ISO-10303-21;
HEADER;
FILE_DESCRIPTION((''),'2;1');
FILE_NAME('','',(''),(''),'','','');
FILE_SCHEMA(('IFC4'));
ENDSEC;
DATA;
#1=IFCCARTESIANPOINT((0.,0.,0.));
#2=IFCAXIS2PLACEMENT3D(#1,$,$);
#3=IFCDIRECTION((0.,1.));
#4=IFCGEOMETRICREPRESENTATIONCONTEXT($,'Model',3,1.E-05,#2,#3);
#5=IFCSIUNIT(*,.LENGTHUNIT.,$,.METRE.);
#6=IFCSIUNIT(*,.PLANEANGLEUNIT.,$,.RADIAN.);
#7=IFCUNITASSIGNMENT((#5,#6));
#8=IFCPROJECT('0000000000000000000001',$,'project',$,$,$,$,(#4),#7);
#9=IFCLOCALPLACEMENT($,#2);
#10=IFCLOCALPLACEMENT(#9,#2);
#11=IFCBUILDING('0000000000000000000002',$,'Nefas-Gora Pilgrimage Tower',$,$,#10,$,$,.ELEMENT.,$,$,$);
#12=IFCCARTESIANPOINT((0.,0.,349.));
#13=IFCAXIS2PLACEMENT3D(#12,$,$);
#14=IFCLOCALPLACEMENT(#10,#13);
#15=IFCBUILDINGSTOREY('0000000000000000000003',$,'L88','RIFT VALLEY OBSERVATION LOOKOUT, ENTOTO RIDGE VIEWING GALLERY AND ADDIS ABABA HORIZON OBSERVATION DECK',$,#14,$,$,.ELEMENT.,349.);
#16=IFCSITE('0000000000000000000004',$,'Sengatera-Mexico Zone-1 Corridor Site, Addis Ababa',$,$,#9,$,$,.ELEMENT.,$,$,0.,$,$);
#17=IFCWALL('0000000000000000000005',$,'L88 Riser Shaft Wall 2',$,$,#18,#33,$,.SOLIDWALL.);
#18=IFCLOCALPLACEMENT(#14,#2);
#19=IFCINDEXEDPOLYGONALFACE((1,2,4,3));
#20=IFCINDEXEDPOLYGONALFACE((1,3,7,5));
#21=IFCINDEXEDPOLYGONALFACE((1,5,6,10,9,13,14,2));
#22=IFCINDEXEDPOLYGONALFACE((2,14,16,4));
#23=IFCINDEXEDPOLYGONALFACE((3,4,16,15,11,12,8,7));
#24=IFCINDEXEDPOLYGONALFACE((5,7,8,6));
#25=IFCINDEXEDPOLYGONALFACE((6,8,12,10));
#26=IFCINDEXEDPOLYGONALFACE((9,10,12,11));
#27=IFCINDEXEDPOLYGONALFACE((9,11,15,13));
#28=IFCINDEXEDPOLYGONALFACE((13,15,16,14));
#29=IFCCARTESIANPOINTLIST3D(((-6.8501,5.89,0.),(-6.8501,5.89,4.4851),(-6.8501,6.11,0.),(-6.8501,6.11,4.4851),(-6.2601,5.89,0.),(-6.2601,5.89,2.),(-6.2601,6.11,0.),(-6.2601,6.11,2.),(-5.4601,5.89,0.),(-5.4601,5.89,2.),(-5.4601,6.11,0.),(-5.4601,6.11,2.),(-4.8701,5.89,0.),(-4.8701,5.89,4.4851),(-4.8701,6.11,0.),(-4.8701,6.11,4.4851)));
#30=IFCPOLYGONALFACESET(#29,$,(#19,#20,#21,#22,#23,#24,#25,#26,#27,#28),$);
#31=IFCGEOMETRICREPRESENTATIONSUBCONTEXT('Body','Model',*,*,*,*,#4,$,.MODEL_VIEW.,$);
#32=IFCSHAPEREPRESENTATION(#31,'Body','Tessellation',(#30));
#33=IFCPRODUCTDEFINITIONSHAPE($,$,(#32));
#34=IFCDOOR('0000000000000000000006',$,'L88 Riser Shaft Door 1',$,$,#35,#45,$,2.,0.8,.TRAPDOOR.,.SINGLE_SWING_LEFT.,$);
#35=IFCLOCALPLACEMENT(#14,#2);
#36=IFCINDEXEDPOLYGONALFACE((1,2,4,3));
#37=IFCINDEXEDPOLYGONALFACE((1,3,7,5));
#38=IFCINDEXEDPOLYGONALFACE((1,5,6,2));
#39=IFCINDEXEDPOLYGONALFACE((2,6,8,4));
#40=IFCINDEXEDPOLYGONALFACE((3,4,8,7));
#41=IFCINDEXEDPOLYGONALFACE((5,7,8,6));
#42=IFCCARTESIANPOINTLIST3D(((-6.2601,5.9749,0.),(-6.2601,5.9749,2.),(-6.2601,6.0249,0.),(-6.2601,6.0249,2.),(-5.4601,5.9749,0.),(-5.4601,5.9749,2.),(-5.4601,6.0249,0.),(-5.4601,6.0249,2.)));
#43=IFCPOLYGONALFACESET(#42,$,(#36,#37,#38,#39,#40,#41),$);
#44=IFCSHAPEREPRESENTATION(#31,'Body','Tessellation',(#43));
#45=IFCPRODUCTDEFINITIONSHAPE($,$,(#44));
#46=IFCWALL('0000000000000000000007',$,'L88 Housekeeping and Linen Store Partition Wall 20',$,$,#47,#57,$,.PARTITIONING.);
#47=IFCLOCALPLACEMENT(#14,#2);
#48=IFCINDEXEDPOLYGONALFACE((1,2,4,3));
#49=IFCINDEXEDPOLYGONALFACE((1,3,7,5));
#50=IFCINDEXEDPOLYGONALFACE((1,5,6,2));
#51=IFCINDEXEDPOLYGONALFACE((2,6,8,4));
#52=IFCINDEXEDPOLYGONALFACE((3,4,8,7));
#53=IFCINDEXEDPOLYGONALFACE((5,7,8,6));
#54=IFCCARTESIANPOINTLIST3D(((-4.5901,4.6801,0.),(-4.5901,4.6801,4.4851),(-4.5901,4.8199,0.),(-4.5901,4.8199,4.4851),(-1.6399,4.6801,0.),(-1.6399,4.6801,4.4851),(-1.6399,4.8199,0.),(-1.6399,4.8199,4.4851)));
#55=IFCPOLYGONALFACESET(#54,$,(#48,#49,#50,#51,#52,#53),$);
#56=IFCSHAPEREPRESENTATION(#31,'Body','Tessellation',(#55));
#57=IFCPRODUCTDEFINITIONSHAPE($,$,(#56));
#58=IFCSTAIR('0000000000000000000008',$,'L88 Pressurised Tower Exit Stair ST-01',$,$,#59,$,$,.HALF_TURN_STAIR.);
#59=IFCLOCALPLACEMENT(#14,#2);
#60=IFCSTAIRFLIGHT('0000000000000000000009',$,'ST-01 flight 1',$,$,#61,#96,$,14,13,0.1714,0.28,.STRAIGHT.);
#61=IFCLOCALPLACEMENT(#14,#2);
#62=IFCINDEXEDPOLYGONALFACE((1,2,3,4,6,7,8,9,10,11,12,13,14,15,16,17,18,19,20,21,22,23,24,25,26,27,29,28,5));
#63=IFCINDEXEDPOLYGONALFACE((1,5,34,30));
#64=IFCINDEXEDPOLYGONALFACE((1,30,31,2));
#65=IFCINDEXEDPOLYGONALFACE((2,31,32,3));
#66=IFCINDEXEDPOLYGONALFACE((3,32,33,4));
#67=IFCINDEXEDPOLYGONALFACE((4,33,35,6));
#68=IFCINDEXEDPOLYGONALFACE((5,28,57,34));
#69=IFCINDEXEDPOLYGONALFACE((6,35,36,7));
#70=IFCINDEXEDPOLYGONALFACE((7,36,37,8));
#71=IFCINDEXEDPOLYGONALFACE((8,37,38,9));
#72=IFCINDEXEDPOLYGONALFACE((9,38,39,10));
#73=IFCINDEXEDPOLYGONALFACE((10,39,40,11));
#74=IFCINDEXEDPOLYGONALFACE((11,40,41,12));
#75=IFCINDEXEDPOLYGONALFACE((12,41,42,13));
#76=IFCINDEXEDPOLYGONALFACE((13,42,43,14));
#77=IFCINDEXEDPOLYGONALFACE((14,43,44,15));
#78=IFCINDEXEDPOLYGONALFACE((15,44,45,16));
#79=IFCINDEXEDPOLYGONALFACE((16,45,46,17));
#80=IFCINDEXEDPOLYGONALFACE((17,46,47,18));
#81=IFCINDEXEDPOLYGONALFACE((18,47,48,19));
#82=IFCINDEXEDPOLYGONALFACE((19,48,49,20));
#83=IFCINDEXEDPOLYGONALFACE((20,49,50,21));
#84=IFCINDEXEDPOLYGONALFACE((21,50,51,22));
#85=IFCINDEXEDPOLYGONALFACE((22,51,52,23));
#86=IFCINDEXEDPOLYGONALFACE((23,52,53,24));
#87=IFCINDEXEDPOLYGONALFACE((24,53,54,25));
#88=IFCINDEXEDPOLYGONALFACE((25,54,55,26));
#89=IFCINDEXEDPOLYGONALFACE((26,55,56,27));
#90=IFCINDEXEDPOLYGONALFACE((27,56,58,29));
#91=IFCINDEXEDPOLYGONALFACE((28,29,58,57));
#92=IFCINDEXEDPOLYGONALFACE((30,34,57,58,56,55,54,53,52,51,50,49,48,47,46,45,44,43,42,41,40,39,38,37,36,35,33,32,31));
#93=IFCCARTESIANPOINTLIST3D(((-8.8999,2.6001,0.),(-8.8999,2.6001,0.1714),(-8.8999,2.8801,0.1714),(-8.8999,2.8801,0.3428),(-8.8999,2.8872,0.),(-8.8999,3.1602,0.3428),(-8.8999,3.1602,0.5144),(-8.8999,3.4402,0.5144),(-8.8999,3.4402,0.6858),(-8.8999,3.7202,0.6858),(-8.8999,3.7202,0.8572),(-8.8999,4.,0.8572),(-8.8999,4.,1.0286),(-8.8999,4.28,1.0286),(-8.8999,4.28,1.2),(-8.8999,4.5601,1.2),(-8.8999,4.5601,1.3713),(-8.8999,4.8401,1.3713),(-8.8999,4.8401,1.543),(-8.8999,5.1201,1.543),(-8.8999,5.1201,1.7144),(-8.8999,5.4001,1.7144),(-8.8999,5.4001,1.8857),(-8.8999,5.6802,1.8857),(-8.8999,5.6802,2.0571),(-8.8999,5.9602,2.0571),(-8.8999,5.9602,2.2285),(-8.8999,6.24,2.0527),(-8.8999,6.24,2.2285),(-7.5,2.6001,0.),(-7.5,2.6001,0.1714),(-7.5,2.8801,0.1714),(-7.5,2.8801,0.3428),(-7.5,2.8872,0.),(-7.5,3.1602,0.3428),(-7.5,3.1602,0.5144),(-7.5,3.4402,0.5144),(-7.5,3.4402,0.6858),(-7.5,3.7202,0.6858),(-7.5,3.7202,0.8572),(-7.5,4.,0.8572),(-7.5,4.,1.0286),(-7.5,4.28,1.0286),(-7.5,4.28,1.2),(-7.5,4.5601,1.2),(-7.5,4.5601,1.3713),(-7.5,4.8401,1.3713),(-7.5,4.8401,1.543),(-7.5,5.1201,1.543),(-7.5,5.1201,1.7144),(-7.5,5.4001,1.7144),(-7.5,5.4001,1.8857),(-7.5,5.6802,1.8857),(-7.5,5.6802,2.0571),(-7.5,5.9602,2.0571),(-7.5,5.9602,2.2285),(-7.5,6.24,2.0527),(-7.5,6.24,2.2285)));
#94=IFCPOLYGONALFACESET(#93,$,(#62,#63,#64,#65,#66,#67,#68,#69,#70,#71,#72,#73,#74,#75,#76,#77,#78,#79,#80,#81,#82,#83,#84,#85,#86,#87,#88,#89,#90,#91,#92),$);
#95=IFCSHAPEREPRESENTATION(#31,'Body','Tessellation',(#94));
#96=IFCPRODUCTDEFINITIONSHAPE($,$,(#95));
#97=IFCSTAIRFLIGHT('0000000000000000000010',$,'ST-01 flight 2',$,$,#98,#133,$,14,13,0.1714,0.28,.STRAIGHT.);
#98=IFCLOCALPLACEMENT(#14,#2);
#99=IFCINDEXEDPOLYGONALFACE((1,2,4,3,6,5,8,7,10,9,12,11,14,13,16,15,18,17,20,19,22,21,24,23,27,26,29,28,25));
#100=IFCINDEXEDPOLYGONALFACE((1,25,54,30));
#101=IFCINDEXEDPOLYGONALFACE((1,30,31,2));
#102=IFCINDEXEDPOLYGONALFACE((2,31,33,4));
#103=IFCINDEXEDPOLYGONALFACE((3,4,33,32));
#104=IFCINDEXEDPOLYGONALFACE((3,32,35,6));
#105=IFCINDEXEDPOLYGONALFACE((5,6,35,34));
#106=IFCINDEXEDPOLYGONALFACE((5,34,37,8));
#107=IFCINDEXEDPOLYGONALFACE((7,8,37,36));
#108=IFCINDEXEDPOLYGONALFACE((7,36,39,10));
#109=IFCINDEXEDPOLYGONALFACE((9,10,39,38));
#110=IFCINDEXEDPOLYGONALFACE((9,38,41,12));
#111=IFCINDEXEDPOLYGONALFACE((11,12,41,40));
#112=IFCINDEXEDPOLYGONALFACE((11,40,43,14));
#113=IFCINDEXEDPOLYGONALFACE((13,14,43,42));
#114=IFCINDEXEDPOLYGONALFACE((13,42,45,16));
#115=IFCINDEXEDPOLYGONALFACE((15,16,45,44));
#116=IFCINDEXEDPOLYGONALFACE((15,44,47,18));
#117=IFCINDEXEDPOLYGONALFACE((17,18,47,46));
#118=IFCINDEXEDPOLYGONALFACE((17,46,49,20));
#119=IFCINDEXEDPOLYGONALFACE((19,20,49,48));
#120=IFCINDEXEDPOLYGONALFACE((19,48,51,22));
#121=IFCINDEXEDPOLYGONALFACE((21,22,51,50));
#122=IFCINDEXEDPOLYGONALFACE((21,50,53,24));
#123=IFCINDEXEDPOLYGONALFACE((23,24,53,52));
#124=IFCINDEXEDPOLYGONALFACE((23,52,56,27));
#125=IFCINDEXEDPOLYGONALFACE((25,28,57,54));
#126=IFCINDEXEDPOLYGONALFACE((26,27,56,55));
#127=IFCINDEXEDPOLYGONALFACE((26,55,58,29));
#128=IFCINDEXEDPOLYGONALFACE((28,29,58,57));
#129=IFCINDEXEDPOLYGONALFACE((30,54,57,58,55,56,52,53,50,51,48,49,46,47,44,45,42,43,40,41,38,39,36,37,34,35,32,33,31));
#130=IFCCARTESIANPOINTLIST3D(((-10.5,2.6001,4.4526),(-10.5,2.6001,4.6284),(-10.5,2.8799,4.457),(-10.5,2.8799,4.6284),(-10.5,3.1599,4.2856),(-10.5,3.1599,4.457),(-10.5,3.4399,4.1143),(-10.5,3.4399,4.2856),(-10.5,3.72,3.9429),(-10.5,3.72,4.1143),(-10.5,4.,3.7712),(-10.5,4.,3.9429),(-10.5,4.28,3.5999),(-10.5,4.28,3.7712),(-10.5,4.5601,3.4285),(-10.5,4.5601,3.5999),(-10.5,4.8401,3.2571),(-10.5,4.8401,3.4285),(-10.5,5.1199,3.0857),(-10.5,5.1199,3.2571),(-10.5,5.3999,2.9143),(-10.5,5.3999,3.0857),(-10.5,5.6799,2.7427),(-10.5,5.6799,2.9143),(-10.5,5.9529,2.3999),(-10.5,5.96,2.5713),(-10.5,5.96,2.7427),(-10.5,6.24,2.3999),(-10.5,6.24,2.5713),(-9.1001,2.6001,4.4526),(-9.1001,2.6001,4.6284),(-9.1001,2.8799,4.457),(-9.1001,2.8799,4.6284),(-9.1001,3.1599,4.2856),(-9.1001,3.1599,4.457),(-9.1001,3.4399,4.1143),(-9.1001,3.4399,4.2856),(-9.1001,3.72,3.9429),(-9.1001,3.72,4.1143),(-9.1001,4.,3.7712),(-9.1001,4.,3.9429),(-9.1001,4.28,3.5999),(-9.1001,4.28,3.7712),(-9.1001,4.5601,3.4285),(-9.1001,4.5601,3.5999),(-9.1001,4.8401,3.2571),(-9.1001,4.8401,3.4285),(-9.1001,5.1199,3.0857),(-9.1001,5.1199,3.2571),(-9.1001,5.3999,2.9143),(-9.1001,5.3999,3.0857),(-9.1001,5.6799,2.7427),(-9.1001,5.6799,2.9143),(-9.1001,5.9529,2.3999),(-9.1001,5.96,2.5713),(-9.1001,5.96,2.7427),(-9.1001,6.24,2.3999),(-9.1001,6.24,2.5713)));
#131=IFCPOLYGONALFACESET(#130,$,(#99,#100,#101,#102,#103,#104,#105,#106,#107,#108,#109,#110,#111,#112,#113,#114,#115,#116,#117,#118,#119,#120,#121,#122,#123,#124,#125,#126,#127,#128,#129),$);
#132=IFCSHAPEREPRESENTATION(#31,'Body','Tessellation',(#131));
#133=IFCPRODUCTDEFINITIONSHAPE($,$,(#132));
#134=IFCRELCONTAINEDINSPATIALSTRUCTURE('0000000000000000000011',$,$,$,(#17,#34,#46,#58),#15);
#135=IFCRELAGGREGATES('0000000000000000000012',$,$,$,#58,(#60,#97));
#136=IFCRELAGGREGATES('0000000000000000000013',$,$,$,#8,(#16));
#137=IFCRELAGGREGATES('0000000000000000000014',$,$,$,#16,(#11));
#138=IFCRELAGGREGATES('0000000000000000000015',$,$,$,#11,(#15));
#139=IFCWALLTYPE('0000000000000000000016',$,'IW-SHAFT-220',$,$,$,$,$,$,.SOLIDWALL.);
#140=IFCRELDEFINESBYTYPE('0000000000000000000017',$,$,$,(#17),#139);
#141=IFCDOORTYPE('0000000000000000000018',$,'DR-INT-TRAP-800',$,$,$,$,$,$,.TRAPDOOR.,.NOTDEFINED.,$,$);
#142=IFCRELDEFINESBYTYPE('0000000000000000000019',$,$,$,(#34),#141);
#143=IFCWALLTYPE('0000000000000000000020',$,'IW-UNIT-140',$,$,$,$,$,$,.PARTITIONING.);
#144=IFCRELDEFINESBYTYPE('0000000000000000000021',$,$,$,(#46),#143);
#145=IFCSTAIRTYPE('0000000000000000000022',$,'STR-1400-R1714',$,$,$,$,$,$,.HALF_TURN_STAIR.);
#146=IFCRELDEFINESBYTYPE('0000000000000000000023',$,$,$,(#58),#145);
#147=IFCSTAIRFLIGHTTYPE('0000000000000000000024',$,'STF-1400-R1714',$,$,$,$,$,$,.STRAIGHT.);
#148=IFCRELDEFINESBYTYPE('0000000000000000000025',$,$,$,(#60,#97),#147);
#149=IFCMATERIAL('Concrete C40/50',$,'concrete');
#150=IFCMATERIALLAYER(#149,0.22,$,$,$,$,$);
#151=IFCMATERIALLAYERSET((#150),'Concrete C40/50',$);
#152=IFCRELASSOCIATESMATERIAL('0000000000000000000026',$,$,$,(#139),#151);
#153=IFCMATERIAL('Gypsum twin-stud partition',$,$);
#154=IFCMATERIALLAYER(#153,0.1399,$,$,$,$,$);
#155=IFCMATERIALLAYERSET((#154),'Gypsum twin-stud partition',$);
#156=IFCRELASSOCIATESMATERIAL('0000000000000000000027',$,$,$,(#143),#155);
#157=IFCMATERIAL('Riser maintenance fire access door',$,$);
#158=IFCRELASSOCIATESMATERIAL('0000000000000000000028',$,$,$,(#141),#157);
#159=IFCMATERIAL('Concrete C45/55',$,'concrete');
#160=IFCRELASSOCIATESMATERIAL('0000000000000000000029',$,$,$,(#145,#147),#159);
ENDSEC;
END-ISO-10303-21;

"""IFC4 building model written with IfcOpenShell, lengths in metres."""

from ifc_helpers import new_model, si_unit, direction, frame, frame_2d, origin, place, context, subcontext, project, spatial, polyline, rectangle, outline, extrude, source, transform, mapped, material, layer, layer_set, type_object, element, fill, aggregate, save


model = new_model("IFC4")

# Units and contexts
model_context = context("Model", 3, precision=1e-05, world=origin(), true_north=direction((0.0, 1.0)))
body_context = subcontext(model_context, "Body", "Model", "MODEL_VIEW")
ifc_project = project(units=[si_unit("LENGTHUNIT", "METRE"), si_unit("PLANEANGLEUNIT", "RADIAN")], contexts=[model_context])

# Site, building, storey
site_placement = place(None, origin())
site = spatial("IfcSite", under=ifc_project, at=site_placement, Name="Sengatera-Mexico Zone-1 Corridor Site, Addis Ababa", CompositionType="ELEMENT", RefElevation=0.0)
building_placement = place(site_placement, origin())
building = spatial("IfcBuilding", under=site, at=building_placement, Name="Nefas-Gora Pilgrimage Tower", CompositionType="ELEMENT")
storey_placement = place(building_placement, frame((0.0, 0.0, 349.0)))
storey = spatial("IfcBuildingStorey", under=building, at=storey_placement, Name="L88", Description="RIFT VALLEY OBSERVATION LOOKOUT, ENTOTO RIDGE VIEWING GALLERY AND ADDIS ABABA HORIZON OBSERVATION DECK", CompositionType="ELEMENT", Elevation=349.0)

# Shared definitions
ifc_material_1 = material(Name="Concrete C45/55", Category="concrete")

# Shared definitions
ifc_material_2 = material(Name="Concrete C40/50", Category="concrete")
ifc_layer_1 = layer(ifc_material_2, 0.22)
ifc_layer_set_1 = layer_set([ifc_layer_1], Name="Concrete C40/50")
wall_type_1 = type_object("IfcWallType", Name="IW-SHAFT-220", PredefinedType="SOLIDWALL", material=ifc_layer_set_1)

# Shared definitions
ifc_material_3 = material(Name="Gypsum twin-stud partition")
ifc_layer_2 = layer(ifc_material_3, 0.1399)
ifc_layer_set_2 = layer_set([ifc_layer_2], Name="Gypsum twin-stud partition")
wall_type_2 = type_object("IfcWallType", Name="IW-UNIT-140", PredefinedType="PARTITIONING", material=ifc_layer_set_2)

# Wall, opening, door
shared_shape_1 = source(origin(), body_context, "Body", "SweptSolid", [
    extrude(rectangle(XDim=1.98, YDim=0.22, at=frame_2d((0.99, 0.0))), origin(), (0.0, 0.0, 1.0), 4.4851),
])
wall_1_placement = place(storey_placement, frame((-6.8501, 6.0, 0.0), z_axis=(0.0, 0.0, 1.0), x_axis=(1.0, 0.0, 0.0)))
wall_1 = element("IfcWall", 1, at=wall_1_placement, inside=storey, type_object=wall_type_1, Name="L88 Riser Shaft Wall 2", PredefinedType="SOLIDWALL", context=body_context, shape_type="MappedRepresentation", body=[
    mapped(shared_shape_1, transform((0.0, 0.0, 0.0), x_axis=(1.0, 0.0, 0.0), y_axis=(0.0, 1.0, 0.0), z_axis=(0.0, 0.0, 1.0), scale=1.0)),
])
opening_1_placement = place(wall_1_placement, frame((0.5901, 0.0, 0.0)))
opening_1 = element("IfcOpeningElement", 2, at=opening_1_placement, cuts=wall_1, PredefinedType="OPENING", context=body_context, shape_type="SweptSolid", body=[
    extrude(rectangle(XDim=0.8, YDim=2.0, at=frame_2d((0.3999, 1.0))), frame((0.0, 0.1199, 0.0), z_axis=(0.0, -1.0, 0.0), x_axis=(1.0, 0.0, 0.0)), (0.0, 0.0, 1.0), 0.24),
])
ifc_material_4 = material(Name="Riser maintenance fire access door")
door_type_1 = type_object("IfcDoorType", Name="DR-INT-TRAP-800", OperationType="NOTDEFINED", PredefinedType="TRAPDOOR", material=ifc_material_4)
shared_shape_2 = source(origin(), body_context, "Body", "SweptSolid", [
    extrude(rectangle(XDim=0.8, YDim=2.0, at=frame_2d((0.3999, 1.0))), frame((0.0, 0.0249, 0.0), z_axis=(0.0, -1.0, 0.0), x_axis=(1.0, 0.0, 0.0)), (0.0, 0.0, 1.0), 0.05),
])
door_1_placement = place(opening_1_placement, origin())
door_1 = element("IfcDoor", 3, at=door_1_placement, inside=storey, type_object=door_type_1, Name="L88 Riser Shaft Door 1", OperationType="SINGLE_SWING_LEFT", OverallHeight=2.0, OverallWidth=0.8, PredefinedType="TRAPDOOR", context=body_context, shape_type="MappedRepresentation", body=[
    mapped(shared_shape_2, transform((0.0, 0.0, 0.0), x_axis=(1.0, 0.0, 0.0), y_axis=(0.0, 1.0, 0.0), z_axis=(0.0, 0.0, 1.0), scale=1.0)),
])
fill(opening_1, door_1)

# Wall
shared_shape_3 = source(origin(), body_context, "Body", "SweptSolid", [
    extrude(rectangle(XDim=2.9502, YDim=0.1399, at=frame_2d((1.4751, 0.0))), origin(), (0.0, 0.0, 1.0), 4.4851),
])
wall_2_placement = place(storey_placement, frame((-4.5901, 4.75, 0.0), z_axis=(0.0, 0.0, 1.0), x_axis=(1.0, 0.0, 0.0)))
element("IfcWall", 4, at=wall_2_placement, inside=storey, type_object=wall_type_2, Name="L88 Housekeeping and Linen Store Partition Wall 20", PredefinedType="PARTITIONING", context=body_context, shape_type="MappedRepresentation", body=[
    mapped(shared_shape_3, transform((0.0, 0.0, 0.0), x_axis=(1.0, 0.0, 0.0), y_axis=(0.0, 1.0, 0.0), z_axis=(0.0, 0.0, 1.0), scale=1.0)),
])

# Stair, stair flights
stair_type = type_object("IfcStairType", Name="STR-1400-R1714", PredefinedType="HALF_TURN_STAIR", material=ifc_material_1)
stair_placement = place(storey_placement, origin())
stair = element("IfcStair", 5, at=stair_placement, inside=storey, type_object=stair_type, Name="L88 Pressurised Tower Exit Stair ST-01", PredefinedType="HALF_TURN_STAIR")
stair_flight_type = type_object("IfcStairFlightType", Name="STF-1400-R1714", PredefinedType="STRAIGHT", material=ifc_material_1)
shared_shape_4 = source(origin(), body_context, "Body", "SweptSolid", [
    extrude(outline(polyline([(0.0, 0.0), (0.0, 0.1714), (0.28, 0.1714), (0.28, 0.3428), (0.5601, 0.3428), (0.5601, 0.5144), (0.8401, 0.5144), (0.8401, 0.6858), (1.1201, 0.6858), (1.1201, 0.8572), (1.3999, 0.8572), (1.3999, 1.0286), (1.6799, 1.0286), (1.6799, 1.2), (1.96, 1.2), (1.96, 1.3713), (2.24, 1.3713), (2.24, 1.543), (2.52, 1.543), (2.52, 1.7144), (2.8, 1.7144), (2.8, 1.8857), (3.0801, 1.8857), (3.0801, 2.0571), (3.3601, 2.0571), (3.3601, 2.2285), (3.6399, 2.2285), (3.6399, 2.3999), (3.6399, 2.0527), (0.2871, 0.0), (0.0, 0.0)])), frame((0.0, 0.7, 0.0), z_axis=(0.0, -1.0, 0.0), x_axis=(1.0, 0.0, 0.0)), (0.0, 0.0, 1.0), 1.3999),
])
stair_flight_1_placement = place(storey_placement, frame((-8.2, 2.6001, 0.0), z_axis=(0.0, 0.0, 1.0), x_axis=(0.0, 1.0, 0.0)))
stair_flight_1 = element("IfcStairFlight", 6, at=stair_flight_1_placement, type_object=stair_flight_type, Name="ST-01 flight 1", NumberOfRisers=14, NumberOfTreads=13, PredefinedType="STRAIGHT", RiserHeight=0.1714, TreadLength=0.28, context=body_context, shape_type="MappedRepresentation", body=[
    mapped(shared_shape_4, transform((0.0, 0.0, 0.0), x_axis=(1.0, 0.0, 0.0), y_axis=(0.0, 1.0, 0.0), z_axis=(0.0, 0.0, 1.0), scale=1.0)),
])
stair_flight_2_placement = place(storey_placement, frame((-9.8, 6.24, 2.3999), z_axis=(0.0, 0.0, 1.0), x_axis=(0.0, -1.0, 0.0)))
stair_flight_2 = element("IfcStairFlight", 7, at=stair_flight_2_placement, type_object=stair_flight_type, Name="ST-01 flight 2", NumberOfRisers=14, NumberOfTreads=13, PredefinedType="STRAIGHT", RiserHeight=0.1714, TreadLength=0.28, context=body_context, shape_type="MappedRepresentation", body=[
    mapped(shared_shape_4, transform((0.0, 0.0, 0.0), x_axis=(1.0, 0.0, 0.0), y_axis=(0.0, 1.0, 0.0), z_axis=(0.0, 0.0, 1.0), scale=1.0)),
])
aggregate(stair, [stair_flight_1, stair_flight_2])

save(model, "model.ifc")
